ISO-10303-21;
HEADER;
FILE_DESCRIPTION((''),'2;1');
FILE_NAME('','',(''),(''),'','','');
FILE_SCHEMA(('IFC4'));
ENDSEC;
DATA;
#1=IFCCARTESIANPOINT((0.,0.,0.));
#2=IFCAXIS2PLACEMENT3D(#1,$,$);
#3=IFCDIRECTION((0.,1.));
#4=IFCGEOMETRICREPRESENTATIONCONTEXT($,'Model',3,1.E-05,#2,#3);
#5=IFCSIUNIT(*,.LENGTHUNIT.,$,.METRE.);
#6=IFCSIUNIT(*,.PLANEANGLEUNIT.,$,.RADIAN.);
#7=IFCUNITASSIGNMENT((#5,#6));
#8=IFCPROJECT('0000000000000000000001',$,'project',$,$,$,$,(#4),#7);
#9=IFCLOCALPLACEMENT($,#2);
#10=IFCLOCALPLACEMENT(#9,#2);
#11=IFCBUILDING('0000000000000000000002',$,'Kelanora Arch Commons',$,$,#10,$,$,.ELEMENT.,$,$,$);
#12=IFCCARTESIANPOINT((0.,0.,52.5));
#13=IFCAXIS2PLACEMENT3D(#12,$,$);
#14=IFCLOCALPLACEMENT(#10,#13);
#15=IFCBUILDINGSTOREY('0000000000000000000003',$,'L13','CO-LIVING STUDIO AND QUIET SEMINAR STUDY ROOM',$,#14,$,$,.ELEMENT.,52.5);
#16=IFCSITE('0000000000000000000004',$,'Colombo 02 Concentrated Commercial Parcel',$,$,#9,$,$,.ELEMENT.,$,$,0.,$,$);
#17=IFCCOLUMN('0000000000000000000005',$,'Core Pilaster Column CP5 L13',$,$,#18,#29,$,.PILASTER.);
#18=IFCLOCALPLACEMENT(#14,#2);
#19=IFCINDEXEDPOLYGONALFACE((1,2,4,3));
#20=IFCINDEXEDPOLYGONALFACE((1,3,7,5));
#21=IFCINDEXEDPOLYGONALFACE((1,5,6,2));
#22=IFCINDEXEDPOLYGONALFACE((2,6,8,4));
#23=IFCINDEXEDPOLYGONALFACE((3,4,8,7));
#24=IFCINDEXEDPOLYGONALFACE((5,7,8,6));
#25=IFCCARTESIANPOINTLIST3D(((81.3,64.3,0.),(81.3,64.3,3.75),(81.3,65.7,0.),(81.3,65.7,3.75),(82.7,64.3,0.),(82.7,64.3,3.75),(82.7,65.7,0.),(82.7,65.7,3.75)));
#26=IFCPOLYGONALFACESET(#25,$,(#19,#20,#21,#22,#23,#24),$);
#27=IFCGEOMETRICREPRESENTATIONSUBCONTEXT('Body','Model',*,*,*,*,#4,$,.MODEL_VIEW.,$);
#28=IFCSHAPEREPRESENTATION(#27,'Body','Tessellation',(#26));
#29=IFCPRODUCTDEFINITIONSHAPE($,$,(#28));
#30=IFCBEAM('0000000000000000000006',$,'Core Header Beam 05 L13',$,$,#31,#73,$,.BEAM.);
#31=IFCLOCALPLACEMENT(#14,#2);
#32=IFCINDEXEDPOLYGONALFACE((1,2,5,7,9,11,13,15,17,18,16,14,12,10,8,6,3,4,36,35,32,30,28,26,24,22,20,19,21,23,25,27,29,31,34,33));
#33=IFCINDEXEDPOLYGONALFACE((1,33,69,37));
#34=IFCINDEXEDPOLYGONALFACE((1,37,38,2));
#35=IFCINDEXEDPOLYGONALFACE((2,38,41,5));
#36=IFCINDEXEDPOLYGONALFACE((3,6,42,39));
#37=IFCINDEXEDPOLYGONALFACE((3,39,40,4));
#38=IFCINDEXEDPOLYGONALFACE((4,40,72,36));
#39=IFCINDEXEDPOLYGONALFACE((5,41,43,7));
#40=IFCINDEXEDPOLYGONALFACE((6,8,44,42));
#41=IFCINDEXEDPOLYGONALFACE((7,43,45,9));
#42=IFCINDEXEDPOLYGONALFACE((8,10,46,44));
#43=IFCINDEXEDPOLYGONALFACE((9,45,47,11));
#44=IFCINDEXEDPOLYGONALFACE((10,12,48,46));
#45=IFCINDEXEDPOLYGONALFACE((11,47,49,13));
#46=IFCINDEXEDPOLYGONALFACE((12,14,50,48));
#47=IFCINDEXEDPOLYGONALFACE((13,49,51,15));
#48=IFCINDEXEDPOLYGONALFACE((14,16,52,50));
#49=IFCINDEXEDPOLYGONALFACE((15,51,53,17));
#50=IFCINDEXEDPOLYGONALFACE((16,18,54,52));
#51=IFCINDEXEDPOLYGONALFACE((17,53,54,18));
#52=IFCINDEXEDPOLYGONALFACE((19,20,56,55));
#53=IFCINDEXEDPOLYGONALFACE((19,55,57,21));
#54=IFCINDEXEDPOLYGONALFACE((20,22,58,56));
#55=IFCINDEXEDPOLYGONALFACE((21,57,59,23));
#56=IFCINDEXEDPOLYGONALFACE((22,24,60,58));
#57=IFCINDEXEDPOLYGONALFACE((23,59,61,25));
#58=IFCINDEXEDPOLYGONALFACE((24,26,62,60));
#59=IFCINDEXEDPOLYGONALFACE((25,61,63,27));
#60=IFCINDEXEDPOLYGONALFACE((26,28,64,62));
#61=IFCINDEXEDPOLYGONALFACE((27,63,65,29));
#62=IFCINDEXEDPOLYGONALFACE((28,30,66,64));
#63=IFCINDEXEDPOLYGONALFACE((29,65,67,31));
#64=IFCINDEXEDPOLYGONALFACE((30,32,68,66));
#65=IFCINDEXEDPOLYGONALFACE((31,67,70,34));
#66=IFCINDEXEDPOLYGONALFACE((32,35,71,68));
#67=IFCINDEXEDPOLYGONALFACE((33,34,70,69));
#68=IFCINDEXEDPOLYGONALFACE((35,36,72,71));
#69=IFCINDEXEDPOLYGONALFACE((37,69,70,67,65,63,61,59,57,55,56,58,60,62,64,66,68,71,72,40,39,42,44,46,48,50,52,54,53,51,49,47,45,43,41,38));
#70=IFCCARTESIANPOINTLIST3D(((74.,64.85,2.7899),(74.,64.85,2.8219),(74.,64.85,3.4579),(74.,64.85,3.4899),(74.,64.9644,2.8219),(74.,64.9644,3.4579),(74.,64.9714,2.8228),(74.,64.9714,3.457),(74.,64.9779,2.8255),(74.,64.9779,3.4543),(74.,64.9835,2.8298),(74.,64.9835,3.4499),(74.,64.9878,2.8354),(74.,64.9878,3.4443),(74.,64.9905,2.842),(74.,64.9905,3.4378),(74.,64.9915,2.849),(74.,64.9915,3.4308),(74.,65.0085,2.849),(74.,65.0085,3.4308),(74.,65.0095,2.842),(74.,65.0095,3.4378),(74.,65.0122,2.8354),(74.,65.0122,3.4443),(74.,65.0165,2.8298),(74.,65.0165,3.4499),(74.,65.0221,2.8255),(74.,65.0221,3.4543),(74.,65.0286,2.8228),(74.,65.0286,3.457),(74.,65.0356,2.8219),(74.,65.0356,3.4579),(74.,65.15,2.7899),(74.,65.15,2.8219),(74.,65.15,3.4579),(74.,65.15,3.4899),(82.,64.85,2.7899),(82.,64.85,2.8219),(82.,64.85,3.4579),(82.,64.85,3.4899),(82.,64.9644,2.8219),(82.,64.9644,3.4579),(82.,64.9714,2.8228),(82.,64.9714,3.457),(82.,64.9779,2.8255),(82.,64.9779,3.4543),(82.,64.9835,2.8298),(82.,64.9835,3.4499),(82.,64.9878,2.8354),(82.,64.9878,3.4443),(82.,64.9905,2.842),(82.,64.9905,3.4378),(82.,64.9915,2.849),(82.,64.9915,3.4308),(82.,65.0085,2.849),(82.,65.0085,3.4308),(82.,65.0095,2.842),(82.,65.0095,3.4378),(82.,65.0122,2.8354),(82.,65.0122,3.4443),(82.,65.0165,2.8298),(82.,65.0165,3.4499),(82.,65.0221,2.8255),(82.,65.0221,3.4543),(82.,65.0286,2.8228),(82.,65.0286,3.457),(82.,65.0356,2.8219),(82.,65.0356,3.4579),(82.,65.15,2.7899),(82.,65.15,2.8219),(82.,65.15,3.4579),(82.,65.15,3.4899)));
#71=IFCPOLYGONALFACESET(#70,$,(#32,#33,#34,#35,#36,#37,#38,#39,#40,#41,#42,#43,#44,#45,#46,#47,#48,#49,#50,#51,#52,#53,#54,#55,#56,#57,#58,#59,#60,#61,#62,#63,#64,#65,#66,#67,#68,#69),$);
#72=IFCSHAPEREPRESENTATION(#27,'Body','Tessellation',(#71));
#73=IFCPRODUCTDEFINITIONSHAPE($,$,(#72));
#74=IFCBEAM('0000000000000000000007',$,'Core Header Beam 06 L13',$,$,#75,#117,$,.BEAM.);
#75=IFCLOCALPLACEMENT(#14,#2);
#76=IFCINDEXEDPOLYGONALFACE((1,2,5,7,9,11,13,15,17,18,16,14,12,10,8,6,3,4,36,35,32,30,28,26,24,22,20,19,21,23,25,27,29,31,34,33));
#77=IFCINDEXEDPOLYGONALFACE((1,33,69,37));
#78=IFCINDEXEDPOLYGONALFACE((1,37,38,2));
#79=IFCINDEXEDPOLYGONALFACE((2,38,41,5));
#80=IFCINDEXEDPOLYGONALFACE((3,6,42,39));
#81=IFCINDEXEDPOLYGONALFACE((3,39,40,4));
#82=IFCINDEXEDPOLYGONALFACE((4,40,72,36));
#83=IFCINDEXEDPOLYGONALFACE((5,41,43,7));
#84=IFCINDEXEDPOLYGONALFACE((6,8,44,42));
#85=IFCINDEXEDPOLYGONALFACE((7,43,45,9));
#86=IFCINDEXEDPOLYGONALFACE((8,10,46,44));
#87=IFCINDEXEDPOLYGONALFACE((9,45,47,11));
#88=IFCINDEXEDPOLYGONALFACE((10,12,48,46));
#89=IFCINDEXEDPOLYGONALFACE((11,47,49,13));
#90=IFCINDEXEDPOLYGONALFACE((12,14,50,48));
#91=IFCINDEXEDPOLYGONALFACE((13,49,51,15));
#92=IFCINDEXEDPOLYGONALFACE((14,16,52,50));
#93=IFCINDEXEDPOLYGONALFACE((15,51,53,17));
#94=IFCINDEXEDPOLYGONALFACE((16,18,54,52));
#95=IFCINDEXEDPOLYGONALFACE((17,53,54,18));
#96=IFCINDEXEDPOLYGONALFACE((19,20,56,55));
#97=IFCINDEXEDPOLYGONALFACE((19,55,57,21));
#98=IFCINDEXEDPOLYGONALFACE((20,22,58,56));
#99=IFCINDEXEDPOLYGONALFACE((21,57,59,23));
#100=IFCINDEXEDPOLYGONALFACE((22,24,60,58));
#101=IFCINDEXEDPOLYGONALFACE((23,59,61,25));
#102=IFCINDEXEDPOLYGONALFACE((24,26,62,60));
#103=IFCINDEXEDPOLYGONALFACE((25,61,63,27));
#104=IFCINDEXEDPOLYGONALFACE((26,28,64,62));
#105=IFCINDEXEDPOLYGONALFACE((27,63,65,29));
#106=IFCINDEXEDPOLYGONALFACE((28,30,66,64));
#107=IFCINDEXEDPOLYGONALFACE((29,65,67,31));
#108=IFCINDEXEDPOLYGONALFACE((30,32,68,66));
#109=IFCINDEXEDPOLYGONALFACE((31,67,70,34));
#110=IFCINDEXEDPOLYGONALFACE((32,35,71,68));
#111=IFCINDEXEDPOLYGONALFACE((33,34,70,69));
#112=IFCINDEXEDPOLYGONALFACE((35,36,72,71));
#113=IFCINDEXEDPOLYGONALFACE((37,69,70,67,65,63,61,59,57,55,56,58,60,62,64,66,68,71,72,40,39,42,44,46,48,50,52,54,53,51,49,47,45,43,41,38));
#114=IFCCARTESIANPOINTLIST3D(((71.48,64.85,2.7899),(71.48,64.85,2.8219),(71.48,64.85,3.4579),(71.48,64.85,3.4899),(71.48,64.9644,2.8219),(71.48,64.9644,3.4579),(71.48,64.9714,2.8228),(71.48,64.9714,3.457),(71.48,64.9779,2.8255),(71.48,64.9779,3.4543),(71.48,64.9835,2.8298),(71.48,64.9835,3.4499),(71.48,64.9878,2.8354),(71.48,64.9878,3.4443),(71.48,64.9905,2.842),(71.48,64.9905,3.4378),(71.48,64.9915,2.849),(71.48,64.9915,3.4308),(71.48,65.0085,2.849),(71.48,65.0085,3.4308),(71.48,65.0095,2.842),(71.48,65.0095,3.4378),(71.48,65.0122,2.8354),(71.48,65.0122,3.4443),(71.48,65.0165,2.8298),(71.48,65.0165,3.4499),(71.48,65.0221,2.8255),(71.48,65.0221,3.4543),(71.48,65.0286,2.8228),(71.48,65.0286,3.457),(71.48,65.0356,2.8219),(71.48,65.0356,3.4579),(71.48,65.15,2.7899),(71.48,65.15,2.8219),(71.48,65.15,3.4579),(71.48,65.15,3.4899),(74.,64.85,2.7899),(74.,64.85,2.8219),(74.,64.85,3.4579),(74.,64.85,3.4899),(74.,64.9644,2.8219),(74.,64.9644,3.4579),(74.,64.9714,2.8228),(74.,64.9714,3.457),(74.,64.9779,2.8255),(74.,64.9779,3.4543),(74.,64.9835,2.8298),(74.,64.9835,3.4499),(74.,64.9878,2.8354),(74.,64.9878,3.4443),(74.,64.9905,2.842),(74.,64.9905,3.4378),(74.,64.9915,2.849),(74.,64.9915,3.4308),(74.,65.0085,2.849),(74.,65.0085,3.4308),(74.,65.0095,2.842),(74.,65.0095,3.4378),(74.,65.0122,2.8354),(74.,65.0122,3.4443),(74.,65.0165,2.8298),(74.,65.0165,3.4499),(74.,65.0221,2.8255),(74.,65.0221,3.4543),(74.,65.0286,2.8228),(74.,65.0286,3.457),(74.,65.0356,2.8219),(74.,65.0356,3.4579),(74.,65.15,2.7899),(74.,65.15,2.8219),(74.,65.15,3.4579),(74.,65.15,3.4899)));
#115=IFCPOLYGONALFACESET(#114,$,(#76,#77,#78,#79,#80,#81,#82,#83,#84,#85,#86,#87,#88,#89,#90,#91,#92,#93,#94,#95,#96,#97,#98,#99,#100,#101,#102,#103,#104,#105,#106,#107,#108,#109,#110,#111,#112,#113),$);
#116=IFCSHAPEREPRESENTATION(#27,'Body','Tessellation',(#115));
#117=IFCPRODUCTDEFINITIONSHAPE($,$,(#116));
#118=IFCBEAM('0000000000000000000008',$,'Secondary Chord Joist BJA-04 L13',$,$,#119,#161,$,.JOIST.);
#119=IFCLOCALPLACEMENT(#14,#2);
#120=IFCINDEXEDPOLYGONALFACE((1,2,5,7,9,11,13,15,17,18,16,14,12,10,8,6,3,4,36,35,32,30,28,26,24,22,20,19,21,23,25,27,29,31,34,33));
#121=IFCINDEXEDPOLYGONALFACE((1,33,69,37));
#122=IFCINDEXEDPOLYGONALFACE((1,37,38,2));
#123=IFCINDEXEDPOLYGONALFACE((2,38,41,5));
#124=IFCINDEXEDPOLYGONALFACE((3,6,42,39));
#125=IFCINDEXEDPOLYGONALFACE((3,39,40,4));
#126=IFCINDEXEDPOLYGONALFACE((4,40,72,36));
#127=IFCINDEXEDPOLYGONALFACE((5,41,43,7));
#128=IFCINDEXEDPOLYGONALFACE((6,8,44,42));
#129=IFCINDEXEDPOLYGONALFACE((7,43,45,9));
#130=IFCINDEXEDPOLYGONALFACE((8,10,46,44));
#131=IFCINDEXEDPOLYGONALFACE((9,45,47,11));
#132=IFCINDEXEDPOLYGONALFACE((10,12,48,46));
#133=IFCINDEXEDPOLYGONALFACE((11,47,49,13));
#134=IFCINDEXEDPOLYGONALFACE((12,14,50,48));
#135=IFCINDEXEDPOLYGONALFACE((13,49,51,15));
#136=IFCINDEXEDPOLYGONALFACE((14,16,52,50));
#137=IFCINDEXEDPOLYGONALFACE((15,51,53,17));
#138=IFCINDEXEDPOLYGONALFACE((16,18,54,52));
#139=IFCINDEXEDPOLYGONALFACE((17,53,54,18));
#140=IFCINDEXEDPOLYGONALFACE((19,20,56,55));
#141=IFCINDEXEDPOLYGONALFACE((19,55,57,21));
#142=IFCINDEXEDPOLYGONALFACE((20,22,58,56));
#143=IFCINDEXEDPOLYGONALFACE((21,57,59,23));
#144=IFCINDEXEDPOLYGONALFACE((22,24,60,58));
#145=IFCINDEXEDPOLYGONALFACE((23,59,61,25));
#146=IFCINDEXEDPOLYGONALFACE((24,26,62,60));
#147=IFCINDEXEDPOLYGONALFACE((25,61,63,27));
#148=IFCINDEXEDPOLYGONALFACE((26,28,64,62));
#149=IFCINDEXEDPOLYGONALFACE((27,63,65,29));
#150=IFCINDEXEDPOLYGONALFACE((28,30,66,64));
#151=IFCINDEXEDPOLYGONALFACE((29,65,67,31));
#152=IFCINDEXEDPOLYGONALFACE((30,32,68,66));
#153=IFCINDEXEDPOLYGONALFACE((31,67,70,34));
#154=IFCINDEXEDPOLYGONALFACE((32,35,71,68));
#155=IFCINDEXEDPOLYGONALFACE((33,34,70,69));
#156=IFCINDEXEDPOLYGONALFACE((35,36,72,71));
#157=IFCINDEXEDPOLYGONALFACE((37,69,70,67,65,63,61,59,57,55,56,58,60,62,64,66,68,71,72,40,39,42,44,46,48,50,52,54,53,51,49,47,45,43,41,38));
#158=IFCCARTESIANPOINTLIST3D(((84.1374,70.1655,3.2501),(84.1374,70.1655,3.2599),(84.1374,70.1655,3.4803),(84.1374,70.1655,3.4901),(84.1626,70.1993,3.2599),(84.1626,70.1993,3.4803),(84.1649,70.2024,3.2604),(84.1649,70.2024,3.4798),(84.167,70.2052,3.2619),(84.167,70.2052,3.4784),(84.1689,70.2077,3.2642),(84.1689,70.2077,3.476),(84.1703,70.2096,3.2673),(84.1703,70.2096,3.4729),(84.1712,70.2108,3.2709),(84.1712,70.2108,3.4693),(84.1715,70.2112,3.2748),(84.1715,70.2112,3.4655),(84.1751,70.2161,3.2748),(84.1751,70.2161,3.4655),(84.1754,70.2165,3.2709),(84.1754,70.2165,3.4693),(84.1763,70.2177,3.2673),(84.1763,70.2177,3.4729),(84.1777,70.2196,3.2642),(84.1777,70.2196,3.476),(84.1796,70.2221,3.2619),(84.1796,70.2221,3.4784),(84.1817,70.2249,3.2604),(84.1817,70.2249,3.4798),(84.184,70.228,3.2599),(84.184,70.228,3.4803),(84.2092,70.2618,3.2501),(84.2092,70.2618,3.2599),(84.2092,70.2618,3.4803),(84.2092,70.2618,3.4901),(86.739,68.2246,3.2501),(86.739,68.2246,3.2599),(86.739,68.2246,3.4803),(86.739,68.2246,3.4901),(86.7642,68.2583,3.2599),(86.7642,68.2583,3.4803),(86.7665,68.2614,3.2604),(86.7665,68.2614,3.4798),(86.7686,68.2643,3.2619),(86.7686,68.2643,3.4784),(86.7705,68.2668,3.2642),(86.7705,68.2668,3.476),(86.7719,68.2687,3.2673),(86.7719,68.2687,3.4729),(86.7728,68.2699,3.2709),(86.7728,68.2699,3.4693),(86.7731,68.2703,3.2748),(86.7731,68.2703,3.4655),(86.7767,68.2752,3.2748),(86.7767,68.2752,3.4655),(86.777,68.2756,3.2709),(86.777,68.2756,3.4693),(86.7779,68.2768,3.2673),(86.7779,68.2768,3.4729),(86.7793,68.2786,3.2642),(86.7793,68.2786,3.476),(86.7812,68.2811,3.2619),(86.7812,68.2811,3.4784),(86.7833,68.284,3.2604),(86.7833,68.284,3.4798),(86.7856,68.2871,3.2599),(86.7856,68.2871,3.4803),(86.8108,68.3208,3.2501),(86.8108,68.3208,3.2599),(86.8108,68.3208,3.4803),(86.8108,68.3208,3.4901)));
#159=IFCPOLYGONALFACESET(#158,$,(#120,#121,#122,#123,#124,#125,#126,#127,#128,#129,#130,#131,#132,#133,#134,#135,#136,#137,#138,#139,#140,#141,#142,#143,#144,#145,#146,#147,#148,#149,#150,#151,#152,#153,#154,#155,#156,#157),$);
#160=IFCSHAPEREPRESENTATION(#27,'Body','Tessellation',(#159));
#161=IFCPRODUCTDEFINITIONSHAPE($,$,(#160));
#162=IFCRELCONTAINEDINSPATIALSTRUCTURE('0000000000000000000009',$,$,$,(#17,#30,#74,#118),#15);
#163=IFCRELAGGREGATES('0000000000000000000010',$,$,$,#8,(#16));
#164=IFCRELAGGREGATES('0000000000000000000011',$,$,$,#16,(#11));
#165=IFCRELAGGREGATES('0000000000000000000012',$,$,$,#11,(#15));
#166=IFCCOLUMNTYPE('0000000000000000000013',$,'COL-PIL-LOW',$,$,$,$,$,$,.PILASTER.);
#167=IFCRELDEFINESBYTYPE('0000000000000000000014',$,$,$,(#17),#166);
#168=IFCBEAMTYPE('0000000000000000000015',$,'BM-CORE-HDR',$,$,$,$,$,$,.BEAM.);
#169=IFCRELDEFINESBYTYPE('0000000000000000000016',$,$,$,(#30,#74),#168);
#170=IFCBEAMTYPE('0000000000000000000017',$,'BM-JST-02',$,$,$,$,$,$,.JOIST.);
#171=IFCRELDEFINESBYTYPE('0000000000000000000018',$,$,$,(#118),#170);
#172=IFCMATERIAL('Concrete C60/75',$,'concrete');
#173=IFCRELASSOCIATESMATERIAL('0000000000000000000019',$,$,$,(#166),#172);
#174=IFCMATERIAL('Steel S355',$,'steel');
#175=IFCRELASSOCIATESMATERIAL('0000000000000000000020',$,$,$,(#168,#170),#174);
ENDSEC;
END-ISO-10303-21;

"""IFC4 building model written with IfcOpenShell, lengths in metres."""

from ifc_helpers import new_model, si_unit, direction, frame, origin, origin_2d, place, context, subcontext, project, spatial, rectangle, i_section, extrude, material, material_profile, profile_set, type_object, element, save


model = new_model("IFC4")

# Units and contexts
model_context = context("Model", 3, precision=1e-05, world=origin(), true_north=direction((0.0, 1.0)))
body_context = subcontext(model_context, "Body", "Model", "MODEL_VIEW")
ifc_project = project(units=[si_unit("LENGTHUNIT", "METRE"), si_unit("PLANEANGLEUNIT", "RADIAN")], contexts=[model_context])

# Site, building, storey
site_placement = place(None, origin())
site = spatial("IfcSite", under=ifc_project, at=site_placement, Name="Colombo 02 Concentrated Commercial Parcel", CompositionType="ELEMENT", RefElevation=0.0)
building_placement = place(site_placement, origin())
building = spatial("IfcBuilding", under=site, at=building_placement, Name="Kelanora Arch Commons", CompositionType="ELEMENT")
storey_placement = place(building_placement, frame((0.0, 0.0, 52.5)))
storey = spatial("IfcBuildingStorey", under=building, at=storey_placement, Name="L13", Description="CO-LIVING STUDIO AND QUIET SEMINAR STUDY ROOM", CompositionType="ELEMENT", Elevation=52.5)

# Column
ifc_material_1 = material(Name="Concrete C60/75", Category="concrete")
ifc_material_profile_1 = material_profile(ifc_material_1, rectangle(XDim=1.3999, YDim=1.3999, at=origin_2d()), Name="RC1400x1400")
ifc_profile_set_1 = profile_set([ifc_material_profile_1], Name="Concrete C60/75")
column_type = type_object("IfcColumnType", Name="COL-PIL-LOW", PredefinedType="PILASTER", material=ifc_profile_set_1)
column_placement = place(storey_placement, frame((82.0, 65.0, 0.0), z_axis=(0.0, 0.0, 1.0), x_axis=(1.0, 0.0, 0.0)))
element("IfcColumn", 1, at=column_placement, inside=storey, type_object=column_type, Name="Core Pilaster Column CP5 L13", PredefinedType="PILASTER", context=body_context, shape_type="SweptSolid", body=[
    extrude(rectangle(XDim=1.3999, YDim=1.3999, at=origin_2d()), origin(), (0.0, 0.0, 1.0), 3.75),
])

# Beams
ifc_material_2 = material(Name="Steel S355", Category="steel")
ifc_material_profile_2 = material_profile(ifc_material_2, i_section(OverallWidth=0.3, OverallDepth=0.7, WebThickness=0.0171, FlangeThickness=0.032, FilletRadius=0.0271, at=origin_2d()), Name="HEB700")
ifc_profile_set_2 = profile_set([ifc_material_profile_2], Name="Steel S355")
beam_type_1 = type_object("IfcBeamType", Name="BM-CORE-HDR", PredefinedType="BEAM", material=ifc_profile_set_2)
beam_1_placement = place(storey_placement, frame((82.0, 65.0, 3.1399), z_axis=(-1.0, 0.0, 0.0), x_axis=(0.0, -1.0, 0.0)))
element("IfcBeam", 2, at=beam_1_placement, inside=storey, type_object=beam_type_1, Name="Core Header Beam 05 L13", PredefinedType="BEAM", context=body_context, shape_type="SweptSolid", body=[
    extrude(i_section(OverallWidth=0.3, OverallDepth=0.7, WebThickness=0.0171, FlangeThickness=0.032, FilletRadius=0.0271, at=origin_2d()), origin(), (0.0, 0.0, 1.0), 8.0),
])
beam_2_placement = place(storey_placement, frame((74.0, 65.0, 3.1399), z_axis=(-1.0, 0.0, 0.0), x_axis=(0.0, -1.0, 0.0)))
element("IfcBeam", 3, at=beam_2_placement, inside=storey, type_object=beam_type_1, Name="Core Header Beam 06 L13", PredefinedType="BEAM", context=body_context, shape_type="SweptSolid", body=[
    extrude(i_section(OverallWidth=0.3, OverallDepth=0.7, WebThickness=0.0171, FlangeThickness=0.032, FilletRadius=0.0271, at=origin_2d()), origin(), (0.0, 0.0, 1.0), 2.52),
])
ifc_material_profile_3 = material_profile(ifc_material_2, i_section(OverallWidth=0.1201, OverallDepth=0.24, WebThickness=0.0061, FlangeThickness=0.0098, FilletRadius=0.0149, at=origin_2d()), Name="IPE240")
ifc_profile_set_3 = profile_set([ifc_material_profile_3], Name="Steel S355")
beam_type_2 = type_object("IfcBeamType", Name="BM-JST-02", PredefinedType="JOIST", material=ifc_profile_set_3)
beam_3_placement = place(storey_placement, frame((86.7749, 68.2727, 3.3701), z_axis=(-0.801514, 0.597976, 0.0), x_axis=(-0.597976, -0.801514, 0.0)))
element("IfcBeam", 4, at=beam_3_placement, inside=storey, type_object=beam_type_2, Name="Secondary Chord Joist BJA-04 L13", PredefinedType="JOIST", context=body_context, shape_type="SweptSolid", body=[
    extrude(i_section(OverallWidth=0.1201, OverallDepth=0.24, WebThickness=0.0061, FlangeThickness=0.0098, FilletRadius=0.0149, at=origin_2d()), origin(), (0.0, 0.0, 1.0), 3.2458),
])

save(model, "model.ifc")
